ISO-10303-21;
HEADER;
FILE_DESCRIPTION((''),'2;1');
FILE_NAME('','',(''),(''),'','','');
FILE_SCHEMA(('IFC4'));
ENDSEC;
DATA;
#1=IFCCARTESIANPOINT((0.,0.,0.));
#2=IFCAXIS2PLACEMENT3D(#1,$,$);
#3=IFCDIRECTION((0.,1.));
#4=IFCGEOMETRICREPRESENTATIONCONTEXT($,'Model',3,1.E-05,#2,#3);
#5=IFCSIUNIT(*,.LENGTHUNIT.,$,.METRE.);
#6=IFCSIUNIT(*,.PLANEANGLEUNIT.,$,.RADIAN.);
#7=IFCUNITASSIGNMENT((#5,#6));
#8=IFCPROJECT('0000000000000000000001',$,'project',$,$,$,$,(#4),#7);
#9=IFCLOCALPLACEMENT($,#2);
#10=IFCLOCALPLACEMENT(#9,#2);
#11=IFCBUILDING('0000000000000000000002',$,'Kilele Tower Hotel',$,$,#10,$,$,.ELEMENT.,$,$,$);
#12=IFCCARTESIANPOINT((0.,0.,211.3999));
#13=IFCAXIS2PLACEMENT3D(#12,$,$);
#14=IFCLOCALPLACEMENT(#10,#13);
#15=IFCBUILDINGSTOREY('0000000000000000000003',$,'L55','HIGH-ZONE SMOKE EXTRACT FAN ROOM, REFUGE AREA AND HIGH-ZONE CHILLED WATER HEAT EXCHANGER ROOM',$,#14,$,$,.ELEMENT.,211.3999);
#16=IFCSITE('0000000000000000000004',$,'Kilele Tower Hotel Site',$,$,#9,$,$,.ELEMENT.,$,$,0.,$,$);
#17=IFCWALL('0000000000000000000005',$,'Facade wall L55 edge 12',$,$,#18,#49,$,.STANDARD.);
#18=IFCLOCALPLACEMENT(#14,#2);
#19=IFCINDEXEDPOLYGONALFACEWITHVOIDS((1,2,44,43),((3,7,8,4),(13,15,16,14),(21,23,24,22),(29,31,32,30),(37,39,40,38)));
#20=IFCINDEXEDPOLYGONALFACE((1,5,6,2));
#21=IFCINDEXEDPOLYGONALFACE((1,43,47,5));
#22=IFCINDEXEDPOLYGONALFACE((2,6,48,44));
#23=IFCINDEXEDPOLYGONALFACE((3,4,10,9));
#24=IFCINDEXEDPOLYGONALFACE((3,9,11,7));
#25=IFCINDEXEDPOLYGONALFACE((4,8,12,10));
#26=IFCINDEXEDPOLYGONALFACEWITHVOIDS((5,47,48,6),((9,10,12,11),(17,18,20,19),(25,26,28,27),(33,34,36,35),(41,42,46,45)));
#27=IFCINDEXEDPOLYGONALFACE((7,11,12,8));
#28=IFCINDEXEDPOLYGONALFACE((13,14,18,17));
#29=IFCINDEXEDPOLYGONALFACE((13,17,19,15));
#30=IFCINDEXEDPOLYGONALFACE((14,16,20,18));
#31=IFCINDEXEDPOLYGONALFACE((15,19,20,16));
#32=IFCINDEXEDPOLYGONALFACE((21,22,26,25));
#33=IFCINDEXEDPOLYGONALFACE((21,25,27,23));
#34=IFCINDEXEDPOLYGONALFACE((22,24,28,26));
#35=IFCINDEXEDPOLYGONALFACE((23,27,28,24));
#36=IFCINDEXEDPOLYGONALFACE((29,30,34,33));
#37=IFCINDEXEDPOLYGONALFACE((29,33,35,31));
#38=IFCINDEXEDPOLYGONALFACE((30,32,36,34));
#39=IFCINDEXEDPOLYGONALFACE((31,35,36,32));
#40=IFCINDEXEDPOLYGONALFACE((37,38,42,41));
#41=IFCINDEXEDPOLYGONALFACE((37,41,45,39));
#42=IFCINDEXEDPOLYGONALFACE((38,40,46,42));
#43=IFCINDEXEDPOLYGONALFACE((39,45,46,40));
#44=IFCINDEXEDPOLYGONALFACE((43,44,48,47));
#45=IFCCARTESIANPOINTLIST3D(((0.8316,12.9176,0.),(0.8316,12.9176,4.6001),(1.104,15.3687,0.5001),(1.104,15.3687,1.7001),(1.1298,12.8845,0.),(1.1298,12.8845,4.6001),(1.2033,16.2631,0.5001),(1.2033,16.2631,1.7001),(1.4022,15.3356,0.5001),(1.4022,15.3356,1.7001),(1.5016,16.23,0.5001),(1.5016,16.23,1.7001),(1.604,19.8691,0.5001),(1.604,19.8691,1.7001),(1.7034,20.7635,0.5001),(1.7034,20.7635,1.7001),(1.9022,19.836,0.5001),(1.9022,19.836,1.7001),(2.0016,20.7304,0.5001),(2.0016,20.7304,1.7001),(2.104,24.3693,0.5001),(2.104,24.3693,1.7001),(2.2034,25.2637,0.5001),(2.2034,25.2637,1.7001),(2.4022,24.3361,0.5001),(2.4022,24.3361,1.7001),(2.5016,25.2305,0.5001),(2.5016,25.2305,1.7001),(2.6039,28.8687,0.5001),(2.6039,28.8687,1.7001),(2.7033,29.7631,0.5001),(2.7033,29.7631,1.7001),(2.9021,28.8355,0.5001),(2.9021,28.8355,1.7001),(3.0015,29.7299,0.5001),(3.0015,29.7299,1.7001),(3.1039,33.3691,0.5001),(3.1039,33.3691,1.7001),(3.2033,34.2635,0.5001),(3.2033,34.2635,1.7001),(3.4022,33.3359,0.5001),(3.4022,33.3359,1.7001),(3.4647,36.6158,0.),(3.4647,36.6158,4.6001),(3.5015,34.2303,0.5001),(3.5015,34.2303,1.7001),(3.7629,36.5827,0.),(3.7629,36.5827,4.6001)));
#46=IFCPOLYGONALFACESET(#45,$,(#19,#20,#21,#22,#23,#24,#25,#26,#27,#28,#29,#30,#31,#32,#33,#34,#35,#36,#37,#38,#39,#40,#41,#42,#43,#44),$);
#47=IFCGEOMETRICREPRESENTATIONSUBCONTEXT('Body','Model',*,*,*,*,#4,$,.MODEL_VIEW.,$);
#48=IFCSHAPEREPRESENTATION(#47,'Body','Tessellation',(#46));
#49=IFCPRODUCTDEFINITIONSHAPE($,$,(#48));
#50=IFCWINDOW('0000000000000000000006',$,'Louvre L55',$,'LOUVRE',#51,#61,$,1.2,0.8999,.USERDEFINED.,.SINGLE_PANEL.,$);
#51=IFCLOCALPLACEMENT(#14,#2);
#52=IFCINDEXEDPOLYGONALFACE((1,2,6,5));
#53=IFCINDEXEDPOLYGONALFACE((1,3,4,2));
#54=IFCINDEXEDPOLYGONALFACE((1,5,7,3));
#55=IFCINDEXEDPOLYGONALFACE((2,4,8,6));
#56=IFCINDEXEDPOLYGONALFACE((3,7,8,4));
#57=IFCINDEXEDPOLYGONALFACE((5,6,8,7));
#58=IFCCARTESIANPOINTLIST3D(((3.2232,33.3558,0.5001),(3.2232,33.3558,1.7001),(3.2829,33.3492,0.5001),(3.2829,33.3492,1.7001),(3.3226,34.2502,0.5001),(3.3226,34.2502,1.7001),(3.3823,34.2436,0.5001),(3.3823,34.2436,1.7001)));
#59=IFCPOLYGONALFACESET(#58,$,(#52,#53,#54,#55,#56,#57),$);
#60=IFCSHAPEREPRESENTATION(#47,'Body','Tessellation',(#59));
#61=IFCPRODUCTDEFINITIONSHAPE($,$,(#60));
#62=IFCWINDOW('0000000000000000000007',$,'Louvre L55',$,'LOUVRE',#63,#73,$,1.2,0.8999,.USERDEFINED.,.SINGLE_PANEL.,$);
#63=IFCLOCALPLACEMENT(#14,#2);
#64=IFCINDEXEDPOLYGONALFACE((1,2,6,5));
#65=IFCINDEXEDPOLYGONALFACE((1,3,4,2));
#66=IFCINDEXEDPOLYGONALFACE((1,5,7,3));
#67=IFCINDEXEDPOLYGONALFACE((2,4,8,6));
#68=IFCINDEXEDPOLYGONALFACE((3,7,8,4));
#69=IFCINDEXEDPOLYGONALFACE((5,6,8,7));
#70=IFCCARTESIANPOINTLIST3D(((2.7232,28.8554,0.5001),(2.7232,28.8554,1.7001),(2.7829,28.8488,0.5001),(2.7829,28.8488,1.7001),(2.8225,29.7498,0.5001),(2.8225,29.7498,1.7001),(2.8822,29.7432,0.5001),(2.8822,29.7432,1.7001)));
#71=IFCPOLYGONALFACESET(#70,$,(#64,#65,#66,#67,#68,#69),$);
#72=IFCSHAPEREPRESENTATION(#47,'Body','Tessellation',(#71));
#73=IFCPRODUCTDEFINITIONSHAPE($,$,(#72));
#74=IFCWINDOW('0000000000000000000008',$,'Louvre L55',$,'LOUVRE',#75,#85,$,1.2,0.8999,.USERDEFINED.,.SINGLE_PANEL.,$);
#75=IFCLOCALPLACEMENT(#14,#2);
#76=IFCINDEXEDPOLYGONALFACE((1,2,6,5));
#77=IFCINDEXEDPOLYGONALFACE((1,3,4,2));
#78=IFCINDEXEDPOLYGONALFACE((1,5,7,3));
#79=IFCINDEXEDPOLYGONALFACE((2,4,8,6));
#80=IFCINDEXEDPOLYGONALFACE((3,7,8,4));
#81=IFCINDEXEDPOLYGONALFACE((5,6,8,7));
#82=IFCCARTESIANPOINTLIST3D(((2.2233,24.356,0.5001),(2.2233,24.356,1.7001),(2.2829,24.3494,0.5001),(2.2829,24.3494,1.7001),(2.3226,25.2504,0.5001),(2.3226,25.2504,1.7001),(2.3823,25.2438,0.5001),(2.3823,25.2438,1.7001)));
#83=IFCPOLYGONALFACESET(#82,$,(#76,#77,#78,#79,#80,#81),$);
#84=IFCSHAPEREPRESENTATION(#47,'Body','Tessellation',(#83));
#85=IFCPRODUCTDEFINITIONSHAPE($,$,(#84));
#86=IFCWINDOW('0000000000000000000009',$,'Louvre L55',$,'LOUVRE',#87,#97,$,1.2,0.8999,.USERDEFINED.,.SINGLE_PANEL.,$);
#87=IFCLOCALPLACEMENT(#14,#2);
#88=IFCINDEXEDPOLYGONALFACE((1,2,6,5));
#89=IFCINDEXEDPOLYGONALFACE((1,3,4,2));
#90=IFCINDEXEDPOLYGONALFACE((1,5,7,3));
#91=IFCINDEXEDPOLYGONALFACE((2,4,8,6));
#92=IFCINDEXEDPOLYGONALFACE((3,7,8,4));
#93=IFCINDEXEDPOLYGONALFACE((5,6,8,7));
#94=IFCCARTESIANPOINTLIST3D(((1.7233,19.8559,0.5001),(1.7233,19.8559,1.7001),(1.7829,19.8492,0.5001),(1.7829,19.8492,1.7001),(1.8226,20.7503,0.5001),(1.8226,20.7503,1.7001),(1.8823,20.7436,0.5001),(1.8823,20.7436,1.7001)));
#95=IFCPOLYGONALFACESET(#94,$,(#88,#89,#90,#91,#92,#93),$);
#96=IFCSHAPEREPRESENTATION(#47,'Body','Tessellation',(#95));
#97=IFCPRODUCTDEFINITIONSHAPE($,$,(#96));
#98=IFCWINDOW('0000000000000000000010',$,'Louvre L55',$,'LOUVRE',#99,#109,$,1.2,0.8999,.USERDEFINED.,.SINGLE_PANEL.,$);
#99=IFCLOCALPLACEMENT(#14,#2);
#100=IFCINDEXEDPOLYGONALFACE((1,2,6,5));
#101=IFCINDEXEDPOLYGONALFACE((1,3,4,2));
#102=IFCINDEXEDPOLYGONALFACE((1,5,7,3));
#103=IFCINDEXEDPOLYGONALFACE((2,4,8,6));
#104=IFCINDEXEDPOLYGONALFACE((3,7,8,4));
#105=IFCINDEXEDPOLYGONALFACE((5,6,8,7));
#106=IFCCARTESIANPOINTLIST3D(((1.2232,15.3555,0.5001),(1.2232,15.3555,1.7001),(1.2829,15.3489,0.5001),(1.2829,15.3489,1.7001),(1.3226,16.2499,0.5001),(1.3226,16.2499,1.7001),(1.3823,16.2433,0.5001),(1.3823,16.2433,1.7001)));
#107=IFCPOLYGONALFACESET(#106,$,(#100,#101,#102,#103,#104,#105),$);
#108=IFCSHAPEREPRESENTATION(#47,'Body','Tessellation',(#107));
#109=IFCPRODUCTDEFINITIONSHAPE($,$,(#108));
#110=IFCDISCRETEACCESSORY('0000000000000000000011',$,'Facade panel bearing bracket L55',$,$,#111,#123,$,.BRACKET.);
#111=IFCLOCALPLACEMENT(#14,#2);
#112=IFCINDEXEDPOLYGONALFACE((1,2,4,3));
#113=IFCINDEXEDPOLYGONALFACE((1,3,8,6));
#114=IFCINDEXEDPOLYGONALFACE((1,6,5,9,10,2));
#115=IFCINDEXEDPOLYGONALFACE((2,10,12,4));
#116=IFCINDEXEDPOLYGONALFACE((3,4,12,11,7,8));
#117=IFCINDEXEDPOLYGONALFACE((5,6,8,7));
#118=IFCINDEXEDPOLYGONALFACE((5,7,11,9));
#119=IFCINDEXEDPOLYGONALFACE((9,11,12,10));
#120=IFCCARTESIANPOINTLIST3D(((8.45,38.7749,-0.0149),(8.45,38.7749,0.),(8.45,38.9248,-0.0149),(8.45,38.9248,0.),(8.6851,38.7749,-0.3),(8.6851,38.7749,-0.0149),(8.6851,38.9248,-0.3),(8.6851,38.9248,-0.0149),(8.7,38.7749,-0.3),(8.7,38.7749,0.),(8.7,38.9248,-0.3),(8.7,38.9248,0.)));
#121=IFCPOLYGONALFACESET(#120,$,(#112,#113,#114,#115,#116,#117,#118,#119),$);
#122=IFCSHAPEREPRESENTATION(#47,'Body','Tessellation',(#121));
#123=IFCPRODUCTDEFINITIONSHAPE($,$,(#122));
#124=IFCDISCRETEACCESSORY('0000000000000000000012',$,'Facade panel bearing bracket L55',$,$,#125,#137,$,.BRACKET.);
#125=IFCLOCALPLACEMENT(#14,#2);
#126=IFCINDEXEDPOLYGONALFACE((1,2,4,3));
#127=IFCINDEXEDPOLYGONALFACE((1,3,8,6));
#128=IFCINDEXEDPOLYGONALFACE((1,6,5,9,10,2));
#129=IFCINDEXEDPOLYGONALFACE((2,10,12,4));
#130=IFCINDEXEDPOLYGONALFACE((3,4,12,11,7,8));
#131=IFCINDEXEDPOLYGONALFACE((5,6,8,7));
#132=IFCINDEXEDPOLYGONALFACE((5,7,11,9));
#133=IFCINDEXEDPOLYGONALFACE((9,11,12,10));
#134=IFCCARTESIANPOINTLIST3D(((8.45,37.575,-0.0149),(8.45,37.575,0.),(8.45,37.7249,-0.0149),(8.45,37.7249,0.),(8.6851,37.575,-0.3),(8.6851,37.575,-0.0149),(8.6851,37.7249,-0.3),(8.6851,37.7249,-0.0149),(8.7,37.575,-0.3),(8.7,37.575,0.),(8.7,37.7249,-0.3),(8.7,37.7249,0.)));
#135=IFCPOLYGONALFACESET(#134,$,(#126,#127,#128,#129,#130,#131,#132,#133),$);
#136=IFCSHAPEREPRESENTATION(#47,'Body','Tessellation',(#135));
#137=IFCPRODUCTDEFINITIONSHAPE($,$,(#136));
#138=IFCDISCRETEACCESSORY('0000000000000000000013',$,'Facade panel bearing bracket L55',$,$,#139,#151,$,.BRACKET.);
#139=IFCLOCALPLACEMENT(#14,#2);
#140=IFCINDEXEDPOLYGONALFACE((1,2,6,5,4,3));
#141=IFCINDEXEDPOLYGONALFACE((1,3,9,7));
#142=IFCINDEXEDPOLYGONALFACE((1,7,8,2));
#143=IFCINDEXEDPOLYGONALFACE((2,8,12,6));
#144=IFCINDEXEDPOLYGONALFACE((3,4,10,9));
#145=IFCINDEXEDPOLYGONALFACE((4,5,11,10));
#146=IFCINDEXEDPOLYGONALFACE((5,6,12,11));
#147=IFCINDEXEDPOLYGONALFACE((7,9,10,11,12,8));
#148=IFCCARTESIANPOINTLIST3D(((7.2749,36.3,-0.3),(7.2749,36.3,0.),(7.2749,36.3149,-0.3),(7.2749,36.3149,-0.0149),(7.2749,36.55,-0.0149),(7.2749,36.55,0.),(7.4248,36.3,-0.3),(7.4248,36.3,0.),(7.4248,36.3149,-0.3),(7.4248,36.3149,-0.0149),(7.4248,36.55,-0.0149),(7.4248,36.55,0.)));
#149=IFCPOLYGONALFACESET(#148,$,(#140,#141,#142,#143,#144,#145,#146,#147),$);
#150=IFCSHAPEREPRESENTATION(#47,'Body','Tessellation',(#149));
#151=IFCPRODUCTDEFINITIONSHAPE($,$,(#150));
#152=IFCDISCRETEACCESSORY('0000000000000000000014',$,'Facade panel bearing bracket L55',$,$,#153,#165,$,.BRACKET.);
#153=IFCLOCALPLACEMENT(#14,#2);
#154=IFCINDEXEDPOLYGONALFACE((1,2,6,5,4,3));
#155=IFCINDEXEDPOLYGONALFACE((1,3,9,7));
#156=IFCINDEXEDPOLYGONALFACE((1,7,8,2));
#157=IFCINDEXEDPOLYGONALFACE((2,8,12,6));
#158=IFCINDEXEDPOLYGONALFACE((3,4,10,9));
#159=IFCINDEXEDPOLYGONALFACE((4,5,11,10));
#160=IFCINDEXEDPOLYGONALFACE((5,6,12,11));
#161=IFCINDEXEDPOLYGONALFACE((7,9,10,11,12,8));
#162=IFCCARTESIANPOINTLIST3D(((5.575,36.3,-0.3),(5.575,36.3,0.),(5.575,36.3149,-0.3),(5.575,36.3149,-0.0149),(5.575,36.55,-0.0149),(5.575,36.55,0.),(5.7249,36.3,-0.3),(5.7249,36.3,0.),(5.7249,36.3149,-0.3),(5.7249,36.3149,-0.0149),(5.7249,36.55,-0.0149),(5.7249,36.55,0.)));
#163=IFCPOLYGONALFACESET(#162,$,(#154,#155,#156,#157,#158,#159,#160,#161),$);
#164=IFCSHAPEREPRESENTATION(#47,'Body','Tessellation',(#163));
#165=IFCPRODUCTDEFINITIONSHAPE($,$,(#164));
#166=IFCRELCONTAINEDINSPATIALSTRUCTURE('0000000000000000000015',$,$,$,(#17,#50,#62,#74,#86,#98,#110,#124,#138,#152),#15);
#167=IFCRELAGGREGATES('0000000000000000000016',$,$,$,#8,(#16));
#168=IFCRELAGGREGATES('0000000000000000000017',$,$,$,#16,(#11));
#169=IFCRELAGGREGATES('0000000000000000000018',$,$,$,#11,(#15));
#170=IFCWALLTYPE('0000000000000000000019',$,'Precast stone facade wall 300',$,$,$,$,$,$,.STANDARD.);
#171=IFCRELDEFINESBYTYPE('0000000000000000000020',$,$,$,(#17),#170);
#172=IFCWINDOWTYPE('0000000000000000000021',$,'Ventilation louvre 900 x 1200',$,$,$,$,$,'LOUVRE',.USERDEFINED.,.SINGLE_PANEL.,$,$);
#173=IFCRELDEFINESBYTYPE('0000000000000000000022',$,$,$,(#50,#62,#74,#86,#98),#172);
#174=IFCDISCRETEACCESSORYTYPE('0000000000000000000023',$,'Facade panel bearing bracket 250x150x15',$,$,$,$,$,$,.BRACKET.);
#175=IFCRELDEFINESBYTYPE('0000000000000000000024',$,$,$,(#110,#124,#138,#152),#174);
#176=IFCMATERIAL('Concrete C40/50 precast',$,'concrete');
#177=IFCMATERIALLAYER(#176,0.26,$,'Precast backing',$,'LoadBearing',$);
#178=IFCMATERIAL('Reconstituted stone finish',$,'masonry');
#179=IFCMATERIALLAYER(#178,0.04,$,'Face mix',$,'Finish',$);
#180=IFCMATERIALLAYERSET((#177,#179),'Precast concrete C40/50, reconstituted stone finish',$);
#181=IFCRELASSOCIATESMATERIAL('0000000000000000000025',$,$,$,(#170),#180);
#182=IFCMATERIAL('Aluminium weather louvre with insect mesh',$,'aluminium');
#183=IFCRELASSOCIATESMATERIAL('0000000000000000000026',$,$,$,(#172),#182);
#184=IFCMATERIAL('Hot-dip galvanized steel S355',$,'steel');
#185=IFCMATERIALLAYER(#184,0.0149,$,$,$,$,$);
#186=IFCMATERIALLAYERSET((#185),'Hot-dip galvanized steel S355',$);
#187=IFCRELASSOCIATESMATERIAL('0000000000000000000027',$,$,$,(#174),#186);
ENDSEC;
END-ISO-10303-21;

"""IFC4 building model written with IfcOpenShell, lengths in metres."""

from ifc_helpers import new_model, si_unit, direction, frame, frame_2d, origin, place, context, subcontext, project, spatial, polyline, rectangle, outline, extrude, source, transform, mapped, material, layer, layer_set, type_object, element, fill, save


model = new_model("IFC4")

# Units and contexts
model_context = context("Model", 3, precision=1e-05, world=origin(), true_north=direction((0.0, 1.0)))
body_context = subcontext(model_context, "Body", "Model", "MODEL_VIEW")
ifc_project = project(units=[si_unit("LENGTHUNIT", "METRE"), si_unit("PLANEANGLEUNIT", "RADIAN")], contexts=[model_context])

# Site, building, storey
site_placement = place(None, origin())
site = spatial("IfcSite", under=ifc_project, at=site_placement, Name="Kilele Tower Hotel Site", CompositionType="ELEMENT", RefElevation=0.0)
building_placement = place(site_placement, origin())
building = spatial("IfcBuilding", under=site, at=building_placement, Name="Kilele Tower Hotel", CompositionType="ELEMENT")
storey_placement = place(building_placement, frame((0.0, 0.0, 211.3999)))
storey = spatial("IfcBuildingStorey", under=building, at=storey_placement, Name="L55", Description="HIGH-ZONE SMOKE EXTRACT FAN ROOM, REFUGE AREA AND HIGH-ZONE CHILLED WATER HEAT EXCHANGER ROOM", CompositionType="ELEMENT", Elevation=211.3999)

# Shared definitions
ifc_material_1 = material(Name="Concrete C40/50 precast", Category="concrete")
ifc_layer_1 = layer(ifc_material_1, 0.26, Name="Precast backing", Category="LoadBearing")
ifc_material_2 = material(Name="Reconstituted stone finish", Category="masonry")
ifc_layer_2 = layer(ifc_material_2, 0.04, Name="Face mix", Category="Finish")
ifc_layer_set_1 = layer_set([ifc_layer_1, ifc_layer_2], Name="Precast concrete C40/50, reconstituted stone finish")
wall_type = type_object("IfcWallType", Name="Precast stone facade wall 300", PredefinedType="STANDARD", material=ifc_layer_set_1)
ifc_material_3 = material(Name="Aluminium weather louvre with insect mesh", Category="aluminium")
window_type = type_object("IfcWindowType", Name="Ventilation louvre 900 x 1200", ElementType="LOUVRE", PartitioningType="SINGLE_PANEL", PredefinedType="USERDEFINED", material=ifc_material_3)

# Wall, openings, windows
wall_1_placement = place(storey_placement, frame((3.6138, 36.5991, 0.0), z_axis=(0.0, 0.0, 1.0), x_axis=(-0.110428, -0.993884, 0.0)))
wall_1 = element("IfcWall", 1, at=wall_1_placement, inside=storey, type_object=wall_type, Name="Facade wall L55 edge 12", PredefinedType="STANDARD", context=body_context, shape_type="SweptSolid", body=[
    extrude(rectangle(XDim=23.844, YDim=0.3, at=frame_2d((11.9219, 0.0))), origin(), (0.0, 0.0, 1.0), 4.6001),
])
opening_1_placement = place(wall_1_placement, frame((2.3667, 0.0, 0.5)))
opening_1 = element("IfcOpeningElement", 2, at=opening_1_placement, cuts=wall_1, PredefinedType="OPENING", context=body_context, shape_type="SweptSolid", body=[
    extrude(rectangle(XDim=0.8999, YDim=1.2, at=frame_2d((0.45, 0.6001))), frame((0.0, 0.1599, 0.0), z_axis=(0.0, -1.0, 0.0), x_axis=(1.0, 0.0, 0.0)), (0.0, 0.0, 1.0), 0.3201),
])
opening_2_placement = place(wall_1_placement, frame((6.8948, 0.0, 0.5)))
opening_2 = element("IfcOpeningElement", 3, at=opening_2_placement, cuts=wall_1, PredefinedType="OPENING", context=body_context, shape_type="SweptSolid", body=[
    extrude(rectangle(XDim=0.8999, YDim=1.2, at=frame_2d((0.45, 0.6001))), frame((0.0, 0.1599, 0.0), z_axis=(0.0, -1.0, 0.0), x_axis=(1.0, 0.0, 0.0)), (0.0, 0.0, 1.0), 0.3201),
])
opening_3_placement = place(wall_1_placement, frame((11.4219, 0.0, 0.5)))
opening_3 = element("IfcOpeningElement", 4, at=opening_3_placement, cuts=wall_1, PredefinedType="OPENING", context=body_context, shape_type="SweptSolid", body=[
    extrude(rectangle(XDim=0.8999, YDim=1.2, at=frame_2d((0.45, 0.6001))), frame((0.0, 0.1599, 0.0), z_axis=(0.0, -1.0, 0.0), x_axis=(1.0, 0.0, 0.0)), (0.0, 0.0, 1.0), 0.3201),
])
opening_4_placement = place(wall_1_placement, frame((15.9497, 0.0, 0.5)))
opening_4 = element("IfcOpeningElement", 5, at=opening_4_placement, cuts=wall_1, PredefinedType="OPENING", context=body_context, shape_type="SweptSolid", body=[
    extrude(rectangle(XDim=0.8999, YDim=1.2, at=frame_2d((0.45, 0.6001))), frame((0.0, 0.1599, 0.0), z_axis=(0.0, -1.0, 0.0), x_axis=(1.0, 0.0, 0.0)), (0.0, 0.0, 1.0), 0.3201),
])
opening_5_placement = place(wall_1_placement, frame((20.4778, 0.0, 0.5)))
opening_5 = element("IfcOpeningElement", 6, at=opening_5_placement, cuts=wall_1, PredefinedType="OPENING", context=body_context, shape_type="SweptSolid", body=[
    extrude(rectangle(XDim=0.8999, YDim=1.2, at=frame_2d((0.45, 0.6001))), frame((0.0, 0.1599, 0.0), z_axis=(0.0, -1.0, 0.0), x_axis=(1.0, 0.0, 0.0)), (0.0, 0.0, 1.0), 0.3201),
])
window_1_placement = place(opening_1_placement, origin())
window_1 = element("IfcWindow", 7, at=window_1_placement, inside=storey, type_object=window_type, Name="Louvre L55", ObjectType="LOUVRE", OverallHeight=1.2, OverallWidth=0.8999, PartitioningType="SINGLE_PANEL", PredefinedType="USERDEFINED", context=body_context, shape_type="SweptSolid", body=[
    extrude(rectangle(XDim=0.8999, YDim=1.2, at=frame_2d((0.45, 0.6001))), frame((0.0, 0.03, 0.0), z_axis=(0.0, -1.0, 0.0), x_axis=(1.0, 0.0, 0.0)), (0.0, 0.0, 1.0), 0.0601),
])
fill(opening_1, window_1)
window_2_placement = place(opening_2_placement, origin())
window_2 = element("IfcWindow", 8, at=window_2_placement, inside=storey, type_object=window_type, Name="Louvre L55", ObjectType="LOUVRE", OverallHeight=1.2, OverallWidth=0.8999, PartitioningType="SINGLE_PANEL", PredefinedType="USERDEFINED", context=body_context, shape_type="SweptSolid", body=[
    extrude(rectangle(XDim=0.8999, YDim=1.2, at=frame_2d((0.45, 0.6001))), frame((0.0, 0.03, 0.0), z_axis=(0.0, -1.0, 0.0), x_axis=(1.0, 0.0, 0.0)), (0.0, 0.0, 1.0), 0.0601),
])
fill(opening_2, window_2)
window_3_placement = place(opening_3_placement, origin())
window_3 = element("IfcWindow", 9, at=window_3_placement, inside=storey, type_object=window_type, Name="Louvre L55", ObjectType="LOUVRE", OverallHeight=1.2, OverallWidth=0.8999, PartitioningType="SINGLE_PANEL", PredefinedType="USERDEFINED", context=body_context, shape_type="SweptSolid", body=[
    extrude(rectangle(XDim=0.8999, YDim=1.2, at=frame_2d((0.45, 0.6001))), frame((0.0, 0.03, 0.0), z_axis=(0.0, -1.0, 0.0), x_axis=(1.0, 0.0, 0.0)), (0.0, 0.0, 1.0), 0.0601),
])
fill(opening_3, window_3)
window_4_placement = place(opening_4_placement, origin())
window_4 = element("IfcWindow", 10, at=window_4_placement, inside=storey, type_object=window_type, Name="Louvre L55", ObjectType="LOUVRE", OverallHeight=1.2, OverallWidth=0.8999, PartitioningType="SINGLE_PANEL", PredefinedType="USERDEFINED", context=body_context, shape_type="SweptSolid", body=[
    extrude(rectangle(XDim=0.8999, YDim=1.2, at=frame_2d((0.45, 0.6001))), frame((0.0, 0.03, 0.0), z_axis=(0.0, -1.0, 0.0), x_axis=(1.0, 0.0, 0.0)), (0.0, 0.0, 1.0), 0.0601),
])
fill(opening_4, window_4)
window_5_placement = place(opening_5_placement, origin())
window_5 = element("IfcWindow", 11, at=window_5_placement, inside=storey, type_object=window_type, Name="Louvre L55", ObjectType="LOUVRE", OverallHeight=1.2, OverallWidth=0.8999, PartitioningType="SINGLE_PANEL", PredefinedType="USERDEFINED", context=body_context, shape_type="SweptSolid", body=[
    extrude(rectangle(XDim=0.8999, YDim=1.2, at=frame_2d((0.45, 0.6001))), frame((0.0, 0.03, 0.0), z_axis=(0.0, -1.0, 0.0), x_axis=(1.0, 0.0, 0.0)), (0.0, 0.0, 1.0), 0.0601),
])
fill(opening_5, window_5)

# Discrete accessories
ifc_material_4 = material(Name="Hot-dip galvanized steel S355", Category="steel")
ifc_layer_3 = layer(ifc_material_4, 0.0149)
ifc_layer_set_2 = layer_set([ifc_layer_3], Name="Hot-dip galvanized steel S355")
discrete_accessory_type_1 = type_object("IfcDiscreteAccessoryType", Name="Facade panel bearing bracket 250x150x15", PredefinedType="BRACKET", material=ifc_layer_set_2)
shared_shape_1 = source(origin(), body_context, "Body", "SweptSolid", [
    extrude(outline(polyline([(0.0, 0.0), (0.25, 0.0), (0.25, -0.0149), (0.0149, -0.0149), (0.0149, -0.3), (0.0, -0.3), (0.0, 0.0)])), origin(), (0.0, 0.0, 1.0), 0.1499),
])
for number, where, z_axis, x_axis, name in (
    (12, (8.7, 38.7749, 0.0), (0.0, 1.0, 0.0), (-1.0, 0.0, 0.0), "Facade panel bearing bracket L55"),
    (13, (8.7, 37.575, 0.0), (0.0, 1.0, 0.0), (-1.0, 0.0, 0.0), "Facade panel bearing bracket L55"),
    (14, (7.2749, 36.3, 0.0), (1.0, 0.0, 0.0), (0.0, 1.0, 0.0), "Facade panel bearing bracket L55"),
    (15, (5.575, 36.3, 0.0), (1.0, 0.0, 0.0), (0.0, 1.0, 0.0), "Facade panel bearing bracket L55"),
):
    element("IfcDiscreteAccessory", number, at=place(storey_placement, frame(where, z_axis=z_axis, x_axis=x_axis)), inside=storey, type_object=discrete_accessory_type_1, Name=name, PredefinedType="BRACKET", context=body_context, shape_type="MappedRepresentation", body=[
        mapped(shared_shape_1, transform((0.0, 0.0, 0.0))),
    ])

save(model, "model.ifc")
